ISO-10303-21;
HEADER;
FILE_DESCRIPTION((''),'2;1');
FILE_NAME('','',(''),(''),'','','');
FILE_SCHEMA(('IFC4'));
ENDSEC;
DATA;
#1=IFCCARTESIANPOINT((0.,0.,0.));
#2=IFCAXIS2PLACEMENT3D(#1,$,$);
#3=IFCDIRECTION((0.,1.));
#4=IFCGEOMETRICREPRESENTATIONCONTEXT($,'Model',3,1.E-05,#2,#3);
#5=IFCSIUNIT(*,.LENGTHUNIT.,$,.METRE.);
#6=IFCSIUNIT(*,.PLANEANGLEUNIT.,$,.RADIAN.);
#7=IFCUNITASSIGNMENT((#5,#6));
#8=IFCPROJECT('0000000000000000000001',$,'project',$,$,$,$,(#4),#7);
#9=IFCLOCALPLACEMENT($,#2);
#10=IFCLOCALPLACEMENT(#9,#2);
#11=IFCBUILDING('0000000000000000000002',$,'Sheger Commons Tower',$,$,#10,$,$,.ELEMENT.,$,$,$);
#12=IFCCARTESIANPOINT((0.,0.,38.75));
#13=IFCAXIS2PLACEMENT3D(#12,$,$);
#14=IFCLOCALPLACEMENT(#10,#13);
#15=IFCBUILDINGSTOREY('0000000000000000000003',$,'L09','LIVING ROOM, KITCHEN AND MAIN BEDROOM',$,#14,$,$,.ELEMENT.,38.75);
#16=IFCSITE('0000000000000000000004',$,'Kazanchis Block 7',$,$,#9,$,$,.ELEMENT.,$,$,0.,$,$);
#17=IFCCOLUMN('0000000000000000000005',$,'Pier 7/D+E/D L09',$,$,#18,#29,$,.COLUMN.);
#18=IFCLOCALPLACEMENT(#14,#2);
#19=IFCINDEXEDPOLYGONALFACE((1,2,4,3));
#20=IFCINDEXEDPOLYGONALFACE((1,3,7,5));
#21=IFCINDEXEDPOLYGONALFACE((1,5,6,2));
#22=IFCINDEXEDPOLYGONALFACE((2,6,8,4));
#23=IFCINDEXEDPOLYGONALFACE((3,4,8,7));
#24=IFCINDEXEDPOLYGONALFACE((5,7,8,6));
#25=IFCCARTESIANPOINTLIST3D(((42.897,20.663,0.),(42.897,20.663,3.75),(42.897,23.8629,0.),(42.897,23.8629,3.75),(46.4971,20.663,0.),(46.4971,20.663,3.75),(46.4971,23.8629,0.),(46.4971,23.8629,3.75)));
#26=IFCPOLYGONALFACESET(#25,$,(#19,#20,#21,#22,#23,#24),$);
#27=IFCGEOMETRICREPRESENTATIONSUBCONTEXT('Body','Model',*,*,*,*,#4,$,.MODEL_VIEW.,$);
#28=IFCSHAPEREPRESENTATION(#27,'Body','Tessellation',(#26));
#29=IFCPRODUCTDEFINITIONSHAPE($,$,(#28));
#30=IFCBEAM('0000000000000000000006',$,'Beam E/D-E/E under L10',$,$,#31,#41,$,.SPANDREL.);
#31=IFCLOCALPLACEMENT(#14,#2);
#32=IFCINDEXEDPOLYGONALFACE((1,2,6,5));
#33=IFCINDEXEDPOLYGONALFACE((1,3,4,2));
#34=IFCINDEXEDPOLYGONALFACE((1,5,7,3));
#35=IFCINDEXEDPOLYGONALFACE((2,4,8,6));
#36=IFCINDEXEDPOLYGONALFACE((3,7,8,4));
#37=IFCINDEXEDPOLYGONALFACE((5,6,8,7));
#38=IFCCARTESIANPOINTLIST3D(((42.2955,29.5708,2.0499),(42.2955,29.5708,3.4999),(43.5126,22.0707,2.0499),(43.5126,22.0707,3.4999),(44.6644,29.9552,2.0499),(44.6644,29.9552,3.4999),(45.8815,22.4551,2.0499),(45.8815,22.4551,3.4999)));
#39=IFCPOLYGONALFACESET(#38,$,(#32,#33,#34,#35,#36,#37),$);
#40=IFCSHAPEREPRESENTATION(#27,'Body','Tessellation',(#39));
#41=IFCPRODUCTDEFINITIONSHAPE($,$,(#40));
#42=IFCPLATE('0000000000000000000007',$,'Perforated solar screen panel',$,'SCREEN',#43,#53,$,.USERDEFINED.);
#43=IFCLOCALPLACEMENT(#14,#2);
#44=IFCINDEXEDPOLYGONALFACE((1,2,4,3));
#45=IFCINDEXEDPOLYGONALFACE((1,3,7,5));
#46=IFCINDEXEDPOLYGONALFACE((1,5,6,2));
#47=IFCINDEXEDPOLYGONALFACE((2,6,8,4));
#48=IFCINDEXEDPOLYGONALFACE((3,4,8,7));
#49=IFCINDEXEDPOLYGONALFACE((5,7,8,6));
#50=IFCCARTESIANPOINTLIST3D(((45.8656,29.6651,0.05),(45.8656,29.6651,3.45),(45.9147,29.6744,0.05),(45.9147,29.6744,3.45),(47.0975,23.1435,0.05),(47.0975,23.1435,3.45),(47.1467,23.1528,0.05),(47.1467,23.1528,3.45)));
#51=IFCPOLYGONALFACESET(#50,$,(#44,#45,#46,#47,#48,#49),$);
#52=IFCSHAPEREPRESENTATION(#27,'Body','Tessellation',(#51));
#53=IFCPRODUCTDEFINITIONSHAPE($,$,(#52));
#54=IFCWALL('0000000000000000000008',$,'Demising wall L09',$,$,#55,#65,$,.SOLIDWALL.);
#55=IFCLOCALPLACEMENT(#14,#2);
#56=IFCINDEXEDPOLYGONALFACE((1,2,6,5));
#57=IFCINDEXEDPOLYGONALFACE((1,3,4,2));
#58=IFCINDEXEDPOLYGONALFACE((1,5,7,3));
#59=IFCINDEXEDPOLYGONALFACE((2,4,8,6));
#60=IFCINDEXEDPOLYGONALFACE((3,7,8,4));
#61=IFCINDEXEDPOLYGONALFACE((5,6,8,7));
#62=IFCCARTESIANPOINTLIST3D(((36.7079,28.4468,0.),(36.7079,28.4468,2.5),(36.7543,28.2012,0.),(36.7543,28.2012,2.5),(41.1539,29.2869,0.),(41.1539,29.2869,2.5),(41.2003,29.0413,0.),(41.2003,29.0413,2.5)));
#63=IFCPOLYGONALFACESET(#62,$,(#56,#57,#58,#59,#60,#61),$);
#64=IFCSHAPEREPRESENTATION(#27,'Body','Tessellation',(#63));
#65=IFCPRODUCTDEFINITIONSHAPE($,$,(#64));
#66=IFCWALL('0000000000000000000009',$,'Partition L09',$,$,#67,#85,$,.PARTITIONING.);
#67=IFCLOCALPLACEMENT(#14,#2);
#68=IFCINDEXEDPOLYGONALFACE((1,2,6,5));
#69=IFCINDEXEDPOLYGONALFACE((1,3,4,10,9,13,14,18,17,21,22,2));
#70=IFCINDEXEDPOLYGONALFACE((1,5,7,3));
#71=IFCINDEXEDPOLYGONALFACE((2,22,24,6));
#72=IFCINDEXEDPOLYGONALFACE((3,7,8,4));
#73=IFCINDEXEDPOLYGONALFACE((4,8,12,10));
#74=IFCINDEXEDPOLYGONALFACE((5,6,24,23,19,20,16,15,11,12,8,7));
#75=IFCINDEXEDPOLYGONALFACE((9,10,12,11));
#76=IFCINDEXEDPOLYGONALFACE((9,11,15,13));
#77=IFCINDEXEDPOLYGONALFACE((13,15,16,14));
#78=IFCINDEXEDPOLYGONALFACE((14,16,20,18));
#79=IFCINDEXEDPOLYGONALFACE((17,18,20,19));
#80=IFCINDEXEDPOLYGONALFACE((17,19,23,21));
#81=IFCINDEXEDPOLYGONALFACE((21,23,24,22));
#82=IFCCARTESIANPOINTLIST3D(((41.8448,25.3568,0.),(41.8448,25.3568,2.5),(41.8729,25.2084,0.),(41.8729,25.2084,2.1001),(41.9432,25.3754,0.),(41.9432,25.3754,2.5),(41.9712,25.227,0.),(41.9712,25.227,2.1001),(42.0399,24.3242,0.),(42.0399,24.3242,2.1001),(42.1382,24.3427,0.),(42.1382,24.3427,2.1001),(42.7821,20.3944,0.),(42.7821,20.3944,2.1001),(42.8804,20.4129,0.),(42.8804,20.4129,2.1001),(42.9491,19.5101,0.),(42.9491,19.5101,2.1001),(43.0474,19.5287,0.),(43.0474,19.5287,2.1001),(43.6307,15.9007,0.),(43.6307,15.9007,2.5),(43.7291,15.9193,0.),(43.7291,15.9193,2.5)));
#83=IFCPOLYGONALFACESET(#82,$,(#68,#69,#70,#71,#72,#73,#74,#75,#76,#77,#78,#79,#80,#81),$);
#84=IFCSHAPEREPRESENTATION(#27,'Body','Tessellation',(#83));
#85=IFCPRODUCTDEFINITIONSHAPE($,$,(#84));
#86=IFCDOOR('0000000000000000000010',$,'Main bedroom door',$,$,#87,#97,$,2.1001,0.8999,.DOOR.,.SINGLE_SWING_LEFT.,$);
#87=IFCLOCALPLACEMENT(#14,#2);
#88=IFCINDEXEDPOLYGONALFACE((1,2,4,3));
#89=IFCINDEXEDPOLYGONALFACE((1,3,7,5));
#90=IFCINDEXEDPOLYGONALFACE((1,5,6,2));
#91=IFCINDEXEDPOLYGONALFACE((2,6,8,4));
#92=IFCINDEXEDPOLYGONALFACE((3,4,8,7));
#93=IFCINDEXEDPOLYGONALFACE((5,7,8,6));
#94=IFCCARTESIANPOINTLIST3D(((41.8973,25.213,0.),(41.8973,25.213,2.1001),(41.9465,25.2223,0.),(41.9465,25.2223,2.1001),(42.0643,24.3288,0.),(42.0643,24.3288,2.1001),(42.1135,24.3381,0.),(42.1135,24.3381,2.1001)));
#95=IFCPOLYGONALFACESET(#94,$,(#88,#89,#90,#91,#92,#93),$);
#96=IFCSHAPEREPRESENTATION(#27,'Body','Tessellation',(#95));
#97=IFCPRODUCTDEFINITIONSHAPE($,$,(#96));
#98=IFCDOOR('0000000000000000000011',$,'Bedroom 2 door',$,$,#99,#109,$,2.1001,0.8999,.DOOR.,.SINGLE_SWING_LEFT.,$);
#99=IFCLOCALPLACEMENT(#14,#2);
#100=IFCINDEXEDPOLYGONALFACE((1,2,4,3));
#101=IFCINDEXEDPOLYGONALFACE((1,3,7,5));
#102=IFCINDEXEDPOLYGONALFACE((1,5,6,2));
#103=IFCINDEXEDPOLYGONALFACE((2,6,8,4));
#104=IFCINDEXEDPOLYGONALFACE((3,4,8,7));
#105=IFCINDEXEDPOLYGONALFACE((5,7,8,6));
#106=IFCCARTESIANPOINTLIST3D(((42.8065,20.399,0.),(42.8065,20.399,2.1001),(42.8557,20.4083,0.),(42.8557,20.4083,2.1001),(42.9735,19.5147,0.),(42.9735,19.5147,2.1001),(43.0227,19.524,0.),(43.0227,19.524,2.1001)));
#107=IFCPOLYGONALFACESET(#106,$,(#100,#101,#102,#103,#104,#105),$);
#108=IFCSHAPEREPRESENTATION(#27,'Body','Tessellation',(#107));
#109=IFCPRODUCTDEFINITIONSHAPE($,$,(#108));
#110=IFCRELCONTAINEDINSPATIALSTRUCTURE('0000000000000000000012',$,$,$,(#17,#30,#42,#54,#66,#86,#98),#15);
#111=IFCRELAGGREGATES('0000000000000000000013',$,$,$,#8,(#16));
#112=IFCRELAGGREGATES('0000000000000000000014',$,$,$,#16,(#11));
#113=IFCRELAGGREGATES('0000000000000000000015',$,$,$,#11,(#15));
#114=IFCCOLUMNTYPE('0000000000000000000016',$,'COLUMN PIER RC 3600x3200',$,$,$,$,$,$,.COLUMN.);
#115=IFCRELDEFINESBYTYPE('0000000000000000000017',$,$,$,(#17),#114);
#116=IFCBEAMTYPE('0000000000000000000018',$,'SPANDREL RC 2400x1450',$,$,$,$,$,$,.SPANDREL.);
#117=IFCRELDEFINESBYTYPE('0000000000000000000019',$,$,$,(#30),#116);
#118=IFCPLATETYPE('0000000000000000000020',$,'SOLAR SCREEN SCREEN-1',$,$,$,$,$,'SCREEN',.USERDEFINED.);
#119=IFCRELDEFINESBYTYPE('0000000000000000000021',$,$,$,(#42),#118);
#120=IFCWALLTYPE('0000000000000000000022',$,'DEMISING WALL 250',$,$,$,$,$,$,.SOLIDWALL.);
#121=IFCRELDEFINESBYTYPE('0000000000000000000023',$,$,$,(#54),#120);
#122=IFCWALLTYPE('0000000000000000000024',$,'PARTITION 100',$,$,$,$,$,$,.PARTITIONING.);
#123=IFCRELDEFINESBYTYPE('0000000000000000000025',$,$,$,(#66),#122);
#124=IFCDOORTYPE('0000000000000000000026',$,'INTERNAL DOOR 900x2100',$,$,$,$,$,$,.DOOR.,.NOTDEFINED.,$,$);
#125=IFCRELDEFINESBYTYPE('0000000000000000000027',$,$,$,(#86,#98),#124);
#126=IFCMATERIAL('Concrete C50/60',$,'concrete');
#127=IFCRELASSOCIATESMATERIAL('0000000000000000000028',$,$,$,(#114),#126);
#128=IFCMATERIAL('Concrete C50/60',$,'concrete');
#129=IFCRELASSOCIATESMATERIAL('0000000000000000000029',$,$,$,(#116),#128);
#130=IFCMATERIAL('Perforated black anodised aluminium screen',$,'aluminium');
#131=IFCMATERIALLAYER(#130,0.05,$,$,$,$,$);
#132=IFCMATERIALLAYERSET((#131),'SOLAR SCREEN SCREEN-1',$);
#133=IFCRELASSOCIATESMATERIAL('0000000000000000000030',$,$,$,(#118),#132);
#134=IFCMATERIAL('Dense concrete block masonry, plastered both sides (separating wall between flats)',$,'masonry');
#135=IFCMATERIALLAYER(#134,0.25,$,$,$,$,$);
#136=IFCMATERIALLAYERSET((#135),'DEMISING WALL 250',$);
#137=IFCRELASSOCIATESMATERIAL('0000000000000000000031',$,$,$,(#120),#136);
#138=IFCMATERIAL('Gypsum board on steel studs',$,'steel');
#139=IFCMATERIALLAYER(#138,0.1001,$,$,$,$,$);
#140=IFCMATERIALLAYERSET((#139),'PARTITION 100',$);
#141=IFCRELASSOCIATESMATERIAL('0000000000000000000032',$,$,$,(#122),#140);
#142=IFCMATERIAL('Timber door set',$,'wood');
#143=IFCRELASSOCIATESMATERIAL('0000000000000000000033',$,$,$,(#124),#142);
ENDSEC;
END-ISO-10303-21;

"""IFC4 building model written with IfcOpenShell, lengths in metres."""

from ifc_helpers import new_model, si_unit, direction, frame, frame_2d, origin, origin_2d, place, context, subcontext, project, spatial, rectangle, extrude, material, layer, layer_set, material_profile, profile_set, type_object, element, fill, save


model = new_model("IFC4")

# Units and contexts
model_context = context("Model", 3, precision=1e-05, world=origin(), true_north=direction((0.0, 1.0)))
body_context = subcontext(model_context, "Body", "Model", "MODEL_VIEW")
ifc_project = project(units=[si_unit("LENGTHUNIT", "METRE"), si_unit("PLANEANGLEUNIT", "RADIAN")], contexts=[model_context])

# Site, building, storey
site_placement = place(None, origin())
site = spatial("IfcSite", under=ifc_project, at=site_placement, Name="Kazanchis Block 7", CompositionType="ELEMENT", RefElevation=0.0)
building_placement = place(site_placement, origin())
building = spatial("IfcBuilding", under=site, at=building_placement, Name="Sheger Commons Tower", CompositionType="ELEMENT")
storey_placement = place(building_placement, frame((0.0, 0.0, 38.75)))
storey = spatial("IfcBuildingStorey", under=building, at=storey_placement, Name="L09", Description="LIVING ROOM, KITCHEN AND MAIN BEDROOM", CompositionType="ELEMENT", Elevation=38.75)

# Column
ifc_material_1 = material(Name="Concrete C50/60", Category="concrete")
ifc_material_profile_1 = material_profile(ifc_material_1, rectangle(XDim=3.6001, YDim=3.2, at=origin_2d()), Name="RC 3600x3200")
ifc_profile_set_1 = profile_set([ifc_material_profile_1], Name="Concrete C50/60")
column_type = type_object("IfcColumnType", Name="COLUMN PIER RC 3600x3200", PredefinedType="COLUMN", material=ifc_profile_set_1)
column_placement = place(storey_placement, frame((44.697, 22.2629, 0.0), z_axis=(0.0, 0.0, 1.0), x_axis=(1.0, 0.0, 0.0)))
element("IfcColumn", 1, at=column_placement, inside=storey, type_object=column_type, Name="Pier 7/D+E/D L09", PredefinedType="COLUMN", context=body_context, shape_type="SweptSolid", body=[
    extrude(rectangle(XDim=3.6001, YDim=3.2, at=origin_2d()), origin(), (0.0, 0.0, 1.0), 3.75),
])

# Beam
ifc_material_2 = material(Name="Concrete C50/60", Category="concrete")
ifc_material_profile_2 = material_profile(ifc_material_2, rectangle(XDim=2.3999, YDim=1.45, at=origin_2d()), Name="RC 2400x1450")
ifc_profile_set_2 = profile_set([ifc_material_profile_2], Name="Concrete C50/60")
beam_type = type_object("IfcBeamType", Name="SPANDREL RC 2400x1450", PredefinedType="SPANDREL", material=ifc_profile_set_2)
beam_placement = place(storey_placement, frame((44.697, 22.2629, 2.7749), z_axis=(-0.160177, 0.987088, 0.0), x_axis=(-0.987088, -0.160177, 0.0)))
element("IfcBeam", 2, at=beam_placement, inside=storey, type_object=beam_type, Name="Beam E/D-E/E under L10", PredefinedType="SPANDREL", context=body_context, shape_type="SweptSolid", body=[
    extrude(rectangle(XDim=2.3999, YDim=1.45, at=origin_2d()), origin(), (0.0, 0.0, 1.0), 7.5981),
])

# Plate
ifc_material_3 = material(Name="Perforated black anodised aluminium screen", Category="aluminium")
ifc_layer_1 = layer(ifc_material_3, 0.05)
ifc_layer_set_1 = layer_set([ifc_layer_1], Name="SOLAR SCREEN SCREEN-1")
plate_type = type_object("IfcPlateType", Name="SOLAR SCREEN SCREEN-1", ElementType="SCREEN", PredefinedType="USERDEFINED", material=ifc_layer_set_1)
plate_placement = place(storey_placement, frame((46.5061, 26.4089, 0.05), z_axis=(0.0, 0.0, 1.0), x_axis=(-0.185615, 0.982623, 0.0)))
element("IfcPlate", 3, at=plate_placement, inside=storey, type_object=plate_type, Name="Perforated solar screen panel", ObjectType="SCREEN", PredefinedType="USERDEFINED", context=body_context, shape_type="SweptSolid", body=[
    extrude(rectangle(XDim=6.637, YDim=0.05, at=origin_2d()), origin(), (0.0, 0.0, 1.0), 3.3999),
])

# Wall
ifc_material_4 = material(Name="Dense concrete block masonry, plastered both sides (separating wall between flats)", Category="masonry")
ifc_layer_2 = layer(ifc_material_4, 0.25)
ifc_layer_set_2 = layer_set([ifc_layer_2], Name="DEMISING WALL 250")
wall_type_1 = type_object("IfcWallType", Name="DEMISING WALL 250", PredefinedType="SOLIDWALL", material=ifc_layer_set_2)
wall_1_placement = place(storey_placement, frame((41.177, 29.1641, 0.0), z_axis=(0.0, 0.0, 1.0), x_axis=(-0.982613, -0.185666, 0.0)))
element("IfcWall", 4, at=wall_1_placement, inside=storey, type_object=wall_type_1, Name="Demising wall L09", PredefinedType="SOLIDWALL", context=body_context, shape_type="SweptSolid", body=[
    extrude(rectangle(XDim=4.5247, YDim=0.25, at=frame_2d((2.2622, 0.0))), origin(), (0.0, 0.0, 1.0), 2.5),
])

# Wall, openings, doors
ifc_material_5 = material(Name="Gypsum board on steel studs", Category="steel")
ifc_layer_3 = layer(ifc_material_5, 0.1001)
ifc_layer_set_3 = layer_set([ifc_layer_3], Name="PARTITION 100")
wall_type_2 = type_object("IfcWallType", Name="PARTITION 100", PredefinedType="PARTITIONING", material=ifc_layer_set_3)
wall_2_placement = place(storey_placement, frame((41.894, 25.366, 0.0), z_axis=(0.0, 0.0, 1.0), x_axis=(0.185581, -0.982629, 0.0)))
wall_2 = element("IfcWall", 5, at=wall_2_placement, inside=storey, type_object=wall_type_2, Name="Partition L09", PredefinedType="PARTITIONING", context=body_context, shape_type="SweptSolid", body=[
    extrude(rectangle(XDim=9.6233, YDim=0.1001, at=frame_2d((4.8115, 0.0))), origin(), (0.0, 0.0, 1.0), 2.5),
])
opening_1_placement = place(wall_2_placement, frame((0.1509, 0.0, 0.0)))
opening_1 = element("IfcOpeningElement", 6, at=opening_1_placement, cuts=wall_2, PredefinedType="OPENING", context=body_context, shape_type="SweptSolid", body=[
    extrude(rectangle(XDim=0.8999, YDim=2.1001, at=frame_2d((0.45, 1.05))), frame((0.0, 0.0601, 0.0), z_axis=(0.0, -1.0, 0.0), x_axis=(1.0, 0.0, 0.0)), (0.0, 0.0, 1.0), 0.1201),
])
opening_2_placement = place(wall_2_placement, frame((5.05, 0.0, 0.0)))
opening_2 = element("IfcOpeningElement", 7, at=opening_2_placement, cuts=wall_2, PredefinedType="OPENING", context=body_context, shape_type="SweptSolid", body=[
    extrude(rectangle(XDim=0.8999, YDim=2.1001, at=frame_2d((0.45, 1.05))), frame((0.0, 0.0601, 0.0), z_axis=(0.0, -1.0, 0.0), x_axis=(1.0, 0.0, 0.0)), (0.0, 0.0, 1.0), 0.1201),
])
ifc_material_6 = material(Name="Timber door set", Category="wood")
door_type = type_object("IfcDoorType", Name="INTERNAL DOOR 900x2100", OperationType="NOTDEFINED", PredefinedType="DOOR", material=ifc_material_6)
door_1_placement = place(opening_1_placement, origin())
door_1 = element("IfcDoor", 8, at=door_1_placement, inside=storey, type_object=door_type, Name="Main bedroom door", OperationType="SINGLE_SWING_LEFT", OverallHeight=2.1001, OverallWidth=0.8999, PredefinedType="DOOR", context=body_context, shape_type="SweptSolid", body=[
    extrude(rectangle(XDim=0.8999, YDim=2.1001, at=frame_2d((0.45, 1.05))), frame((0.0, 0.0249, 0.0), z_axis=(0.0, -1.0, 0.0), x_axis=(1.0, 0.0, 0.0)), (0.0, 0.0, 1.0), 0.05),
])
fill(opening_1, door_1)
door_2_placement = place(opening_2_placement, origin())
door_2 = element("IfcDoor", 9, at=door_2_placement, inside=storey, type_object=door_type, Name="Bedroom 2 door", OperationType="SINGLE_SWING_LEFT", OverallHeight=2.1001, OverallWidth=0.8999, PredefinedType="DOOR", context=body_context, shape_type="SweptSolid", body=[
    extrude(rectangle(XDim=0.8999, YDim=2.1001, at=frame_2d((0.45, 1.05))), frame((0.0, 0.0249, 0.0), z_axis=(0.0, -1.0, 0.0), x_axis=(1.0, 0.0, 0.0)), (0.0, 0.0, 1.0), 0.05),
])
fill(opening_2, door_2)

save(model, "model.ifc")
